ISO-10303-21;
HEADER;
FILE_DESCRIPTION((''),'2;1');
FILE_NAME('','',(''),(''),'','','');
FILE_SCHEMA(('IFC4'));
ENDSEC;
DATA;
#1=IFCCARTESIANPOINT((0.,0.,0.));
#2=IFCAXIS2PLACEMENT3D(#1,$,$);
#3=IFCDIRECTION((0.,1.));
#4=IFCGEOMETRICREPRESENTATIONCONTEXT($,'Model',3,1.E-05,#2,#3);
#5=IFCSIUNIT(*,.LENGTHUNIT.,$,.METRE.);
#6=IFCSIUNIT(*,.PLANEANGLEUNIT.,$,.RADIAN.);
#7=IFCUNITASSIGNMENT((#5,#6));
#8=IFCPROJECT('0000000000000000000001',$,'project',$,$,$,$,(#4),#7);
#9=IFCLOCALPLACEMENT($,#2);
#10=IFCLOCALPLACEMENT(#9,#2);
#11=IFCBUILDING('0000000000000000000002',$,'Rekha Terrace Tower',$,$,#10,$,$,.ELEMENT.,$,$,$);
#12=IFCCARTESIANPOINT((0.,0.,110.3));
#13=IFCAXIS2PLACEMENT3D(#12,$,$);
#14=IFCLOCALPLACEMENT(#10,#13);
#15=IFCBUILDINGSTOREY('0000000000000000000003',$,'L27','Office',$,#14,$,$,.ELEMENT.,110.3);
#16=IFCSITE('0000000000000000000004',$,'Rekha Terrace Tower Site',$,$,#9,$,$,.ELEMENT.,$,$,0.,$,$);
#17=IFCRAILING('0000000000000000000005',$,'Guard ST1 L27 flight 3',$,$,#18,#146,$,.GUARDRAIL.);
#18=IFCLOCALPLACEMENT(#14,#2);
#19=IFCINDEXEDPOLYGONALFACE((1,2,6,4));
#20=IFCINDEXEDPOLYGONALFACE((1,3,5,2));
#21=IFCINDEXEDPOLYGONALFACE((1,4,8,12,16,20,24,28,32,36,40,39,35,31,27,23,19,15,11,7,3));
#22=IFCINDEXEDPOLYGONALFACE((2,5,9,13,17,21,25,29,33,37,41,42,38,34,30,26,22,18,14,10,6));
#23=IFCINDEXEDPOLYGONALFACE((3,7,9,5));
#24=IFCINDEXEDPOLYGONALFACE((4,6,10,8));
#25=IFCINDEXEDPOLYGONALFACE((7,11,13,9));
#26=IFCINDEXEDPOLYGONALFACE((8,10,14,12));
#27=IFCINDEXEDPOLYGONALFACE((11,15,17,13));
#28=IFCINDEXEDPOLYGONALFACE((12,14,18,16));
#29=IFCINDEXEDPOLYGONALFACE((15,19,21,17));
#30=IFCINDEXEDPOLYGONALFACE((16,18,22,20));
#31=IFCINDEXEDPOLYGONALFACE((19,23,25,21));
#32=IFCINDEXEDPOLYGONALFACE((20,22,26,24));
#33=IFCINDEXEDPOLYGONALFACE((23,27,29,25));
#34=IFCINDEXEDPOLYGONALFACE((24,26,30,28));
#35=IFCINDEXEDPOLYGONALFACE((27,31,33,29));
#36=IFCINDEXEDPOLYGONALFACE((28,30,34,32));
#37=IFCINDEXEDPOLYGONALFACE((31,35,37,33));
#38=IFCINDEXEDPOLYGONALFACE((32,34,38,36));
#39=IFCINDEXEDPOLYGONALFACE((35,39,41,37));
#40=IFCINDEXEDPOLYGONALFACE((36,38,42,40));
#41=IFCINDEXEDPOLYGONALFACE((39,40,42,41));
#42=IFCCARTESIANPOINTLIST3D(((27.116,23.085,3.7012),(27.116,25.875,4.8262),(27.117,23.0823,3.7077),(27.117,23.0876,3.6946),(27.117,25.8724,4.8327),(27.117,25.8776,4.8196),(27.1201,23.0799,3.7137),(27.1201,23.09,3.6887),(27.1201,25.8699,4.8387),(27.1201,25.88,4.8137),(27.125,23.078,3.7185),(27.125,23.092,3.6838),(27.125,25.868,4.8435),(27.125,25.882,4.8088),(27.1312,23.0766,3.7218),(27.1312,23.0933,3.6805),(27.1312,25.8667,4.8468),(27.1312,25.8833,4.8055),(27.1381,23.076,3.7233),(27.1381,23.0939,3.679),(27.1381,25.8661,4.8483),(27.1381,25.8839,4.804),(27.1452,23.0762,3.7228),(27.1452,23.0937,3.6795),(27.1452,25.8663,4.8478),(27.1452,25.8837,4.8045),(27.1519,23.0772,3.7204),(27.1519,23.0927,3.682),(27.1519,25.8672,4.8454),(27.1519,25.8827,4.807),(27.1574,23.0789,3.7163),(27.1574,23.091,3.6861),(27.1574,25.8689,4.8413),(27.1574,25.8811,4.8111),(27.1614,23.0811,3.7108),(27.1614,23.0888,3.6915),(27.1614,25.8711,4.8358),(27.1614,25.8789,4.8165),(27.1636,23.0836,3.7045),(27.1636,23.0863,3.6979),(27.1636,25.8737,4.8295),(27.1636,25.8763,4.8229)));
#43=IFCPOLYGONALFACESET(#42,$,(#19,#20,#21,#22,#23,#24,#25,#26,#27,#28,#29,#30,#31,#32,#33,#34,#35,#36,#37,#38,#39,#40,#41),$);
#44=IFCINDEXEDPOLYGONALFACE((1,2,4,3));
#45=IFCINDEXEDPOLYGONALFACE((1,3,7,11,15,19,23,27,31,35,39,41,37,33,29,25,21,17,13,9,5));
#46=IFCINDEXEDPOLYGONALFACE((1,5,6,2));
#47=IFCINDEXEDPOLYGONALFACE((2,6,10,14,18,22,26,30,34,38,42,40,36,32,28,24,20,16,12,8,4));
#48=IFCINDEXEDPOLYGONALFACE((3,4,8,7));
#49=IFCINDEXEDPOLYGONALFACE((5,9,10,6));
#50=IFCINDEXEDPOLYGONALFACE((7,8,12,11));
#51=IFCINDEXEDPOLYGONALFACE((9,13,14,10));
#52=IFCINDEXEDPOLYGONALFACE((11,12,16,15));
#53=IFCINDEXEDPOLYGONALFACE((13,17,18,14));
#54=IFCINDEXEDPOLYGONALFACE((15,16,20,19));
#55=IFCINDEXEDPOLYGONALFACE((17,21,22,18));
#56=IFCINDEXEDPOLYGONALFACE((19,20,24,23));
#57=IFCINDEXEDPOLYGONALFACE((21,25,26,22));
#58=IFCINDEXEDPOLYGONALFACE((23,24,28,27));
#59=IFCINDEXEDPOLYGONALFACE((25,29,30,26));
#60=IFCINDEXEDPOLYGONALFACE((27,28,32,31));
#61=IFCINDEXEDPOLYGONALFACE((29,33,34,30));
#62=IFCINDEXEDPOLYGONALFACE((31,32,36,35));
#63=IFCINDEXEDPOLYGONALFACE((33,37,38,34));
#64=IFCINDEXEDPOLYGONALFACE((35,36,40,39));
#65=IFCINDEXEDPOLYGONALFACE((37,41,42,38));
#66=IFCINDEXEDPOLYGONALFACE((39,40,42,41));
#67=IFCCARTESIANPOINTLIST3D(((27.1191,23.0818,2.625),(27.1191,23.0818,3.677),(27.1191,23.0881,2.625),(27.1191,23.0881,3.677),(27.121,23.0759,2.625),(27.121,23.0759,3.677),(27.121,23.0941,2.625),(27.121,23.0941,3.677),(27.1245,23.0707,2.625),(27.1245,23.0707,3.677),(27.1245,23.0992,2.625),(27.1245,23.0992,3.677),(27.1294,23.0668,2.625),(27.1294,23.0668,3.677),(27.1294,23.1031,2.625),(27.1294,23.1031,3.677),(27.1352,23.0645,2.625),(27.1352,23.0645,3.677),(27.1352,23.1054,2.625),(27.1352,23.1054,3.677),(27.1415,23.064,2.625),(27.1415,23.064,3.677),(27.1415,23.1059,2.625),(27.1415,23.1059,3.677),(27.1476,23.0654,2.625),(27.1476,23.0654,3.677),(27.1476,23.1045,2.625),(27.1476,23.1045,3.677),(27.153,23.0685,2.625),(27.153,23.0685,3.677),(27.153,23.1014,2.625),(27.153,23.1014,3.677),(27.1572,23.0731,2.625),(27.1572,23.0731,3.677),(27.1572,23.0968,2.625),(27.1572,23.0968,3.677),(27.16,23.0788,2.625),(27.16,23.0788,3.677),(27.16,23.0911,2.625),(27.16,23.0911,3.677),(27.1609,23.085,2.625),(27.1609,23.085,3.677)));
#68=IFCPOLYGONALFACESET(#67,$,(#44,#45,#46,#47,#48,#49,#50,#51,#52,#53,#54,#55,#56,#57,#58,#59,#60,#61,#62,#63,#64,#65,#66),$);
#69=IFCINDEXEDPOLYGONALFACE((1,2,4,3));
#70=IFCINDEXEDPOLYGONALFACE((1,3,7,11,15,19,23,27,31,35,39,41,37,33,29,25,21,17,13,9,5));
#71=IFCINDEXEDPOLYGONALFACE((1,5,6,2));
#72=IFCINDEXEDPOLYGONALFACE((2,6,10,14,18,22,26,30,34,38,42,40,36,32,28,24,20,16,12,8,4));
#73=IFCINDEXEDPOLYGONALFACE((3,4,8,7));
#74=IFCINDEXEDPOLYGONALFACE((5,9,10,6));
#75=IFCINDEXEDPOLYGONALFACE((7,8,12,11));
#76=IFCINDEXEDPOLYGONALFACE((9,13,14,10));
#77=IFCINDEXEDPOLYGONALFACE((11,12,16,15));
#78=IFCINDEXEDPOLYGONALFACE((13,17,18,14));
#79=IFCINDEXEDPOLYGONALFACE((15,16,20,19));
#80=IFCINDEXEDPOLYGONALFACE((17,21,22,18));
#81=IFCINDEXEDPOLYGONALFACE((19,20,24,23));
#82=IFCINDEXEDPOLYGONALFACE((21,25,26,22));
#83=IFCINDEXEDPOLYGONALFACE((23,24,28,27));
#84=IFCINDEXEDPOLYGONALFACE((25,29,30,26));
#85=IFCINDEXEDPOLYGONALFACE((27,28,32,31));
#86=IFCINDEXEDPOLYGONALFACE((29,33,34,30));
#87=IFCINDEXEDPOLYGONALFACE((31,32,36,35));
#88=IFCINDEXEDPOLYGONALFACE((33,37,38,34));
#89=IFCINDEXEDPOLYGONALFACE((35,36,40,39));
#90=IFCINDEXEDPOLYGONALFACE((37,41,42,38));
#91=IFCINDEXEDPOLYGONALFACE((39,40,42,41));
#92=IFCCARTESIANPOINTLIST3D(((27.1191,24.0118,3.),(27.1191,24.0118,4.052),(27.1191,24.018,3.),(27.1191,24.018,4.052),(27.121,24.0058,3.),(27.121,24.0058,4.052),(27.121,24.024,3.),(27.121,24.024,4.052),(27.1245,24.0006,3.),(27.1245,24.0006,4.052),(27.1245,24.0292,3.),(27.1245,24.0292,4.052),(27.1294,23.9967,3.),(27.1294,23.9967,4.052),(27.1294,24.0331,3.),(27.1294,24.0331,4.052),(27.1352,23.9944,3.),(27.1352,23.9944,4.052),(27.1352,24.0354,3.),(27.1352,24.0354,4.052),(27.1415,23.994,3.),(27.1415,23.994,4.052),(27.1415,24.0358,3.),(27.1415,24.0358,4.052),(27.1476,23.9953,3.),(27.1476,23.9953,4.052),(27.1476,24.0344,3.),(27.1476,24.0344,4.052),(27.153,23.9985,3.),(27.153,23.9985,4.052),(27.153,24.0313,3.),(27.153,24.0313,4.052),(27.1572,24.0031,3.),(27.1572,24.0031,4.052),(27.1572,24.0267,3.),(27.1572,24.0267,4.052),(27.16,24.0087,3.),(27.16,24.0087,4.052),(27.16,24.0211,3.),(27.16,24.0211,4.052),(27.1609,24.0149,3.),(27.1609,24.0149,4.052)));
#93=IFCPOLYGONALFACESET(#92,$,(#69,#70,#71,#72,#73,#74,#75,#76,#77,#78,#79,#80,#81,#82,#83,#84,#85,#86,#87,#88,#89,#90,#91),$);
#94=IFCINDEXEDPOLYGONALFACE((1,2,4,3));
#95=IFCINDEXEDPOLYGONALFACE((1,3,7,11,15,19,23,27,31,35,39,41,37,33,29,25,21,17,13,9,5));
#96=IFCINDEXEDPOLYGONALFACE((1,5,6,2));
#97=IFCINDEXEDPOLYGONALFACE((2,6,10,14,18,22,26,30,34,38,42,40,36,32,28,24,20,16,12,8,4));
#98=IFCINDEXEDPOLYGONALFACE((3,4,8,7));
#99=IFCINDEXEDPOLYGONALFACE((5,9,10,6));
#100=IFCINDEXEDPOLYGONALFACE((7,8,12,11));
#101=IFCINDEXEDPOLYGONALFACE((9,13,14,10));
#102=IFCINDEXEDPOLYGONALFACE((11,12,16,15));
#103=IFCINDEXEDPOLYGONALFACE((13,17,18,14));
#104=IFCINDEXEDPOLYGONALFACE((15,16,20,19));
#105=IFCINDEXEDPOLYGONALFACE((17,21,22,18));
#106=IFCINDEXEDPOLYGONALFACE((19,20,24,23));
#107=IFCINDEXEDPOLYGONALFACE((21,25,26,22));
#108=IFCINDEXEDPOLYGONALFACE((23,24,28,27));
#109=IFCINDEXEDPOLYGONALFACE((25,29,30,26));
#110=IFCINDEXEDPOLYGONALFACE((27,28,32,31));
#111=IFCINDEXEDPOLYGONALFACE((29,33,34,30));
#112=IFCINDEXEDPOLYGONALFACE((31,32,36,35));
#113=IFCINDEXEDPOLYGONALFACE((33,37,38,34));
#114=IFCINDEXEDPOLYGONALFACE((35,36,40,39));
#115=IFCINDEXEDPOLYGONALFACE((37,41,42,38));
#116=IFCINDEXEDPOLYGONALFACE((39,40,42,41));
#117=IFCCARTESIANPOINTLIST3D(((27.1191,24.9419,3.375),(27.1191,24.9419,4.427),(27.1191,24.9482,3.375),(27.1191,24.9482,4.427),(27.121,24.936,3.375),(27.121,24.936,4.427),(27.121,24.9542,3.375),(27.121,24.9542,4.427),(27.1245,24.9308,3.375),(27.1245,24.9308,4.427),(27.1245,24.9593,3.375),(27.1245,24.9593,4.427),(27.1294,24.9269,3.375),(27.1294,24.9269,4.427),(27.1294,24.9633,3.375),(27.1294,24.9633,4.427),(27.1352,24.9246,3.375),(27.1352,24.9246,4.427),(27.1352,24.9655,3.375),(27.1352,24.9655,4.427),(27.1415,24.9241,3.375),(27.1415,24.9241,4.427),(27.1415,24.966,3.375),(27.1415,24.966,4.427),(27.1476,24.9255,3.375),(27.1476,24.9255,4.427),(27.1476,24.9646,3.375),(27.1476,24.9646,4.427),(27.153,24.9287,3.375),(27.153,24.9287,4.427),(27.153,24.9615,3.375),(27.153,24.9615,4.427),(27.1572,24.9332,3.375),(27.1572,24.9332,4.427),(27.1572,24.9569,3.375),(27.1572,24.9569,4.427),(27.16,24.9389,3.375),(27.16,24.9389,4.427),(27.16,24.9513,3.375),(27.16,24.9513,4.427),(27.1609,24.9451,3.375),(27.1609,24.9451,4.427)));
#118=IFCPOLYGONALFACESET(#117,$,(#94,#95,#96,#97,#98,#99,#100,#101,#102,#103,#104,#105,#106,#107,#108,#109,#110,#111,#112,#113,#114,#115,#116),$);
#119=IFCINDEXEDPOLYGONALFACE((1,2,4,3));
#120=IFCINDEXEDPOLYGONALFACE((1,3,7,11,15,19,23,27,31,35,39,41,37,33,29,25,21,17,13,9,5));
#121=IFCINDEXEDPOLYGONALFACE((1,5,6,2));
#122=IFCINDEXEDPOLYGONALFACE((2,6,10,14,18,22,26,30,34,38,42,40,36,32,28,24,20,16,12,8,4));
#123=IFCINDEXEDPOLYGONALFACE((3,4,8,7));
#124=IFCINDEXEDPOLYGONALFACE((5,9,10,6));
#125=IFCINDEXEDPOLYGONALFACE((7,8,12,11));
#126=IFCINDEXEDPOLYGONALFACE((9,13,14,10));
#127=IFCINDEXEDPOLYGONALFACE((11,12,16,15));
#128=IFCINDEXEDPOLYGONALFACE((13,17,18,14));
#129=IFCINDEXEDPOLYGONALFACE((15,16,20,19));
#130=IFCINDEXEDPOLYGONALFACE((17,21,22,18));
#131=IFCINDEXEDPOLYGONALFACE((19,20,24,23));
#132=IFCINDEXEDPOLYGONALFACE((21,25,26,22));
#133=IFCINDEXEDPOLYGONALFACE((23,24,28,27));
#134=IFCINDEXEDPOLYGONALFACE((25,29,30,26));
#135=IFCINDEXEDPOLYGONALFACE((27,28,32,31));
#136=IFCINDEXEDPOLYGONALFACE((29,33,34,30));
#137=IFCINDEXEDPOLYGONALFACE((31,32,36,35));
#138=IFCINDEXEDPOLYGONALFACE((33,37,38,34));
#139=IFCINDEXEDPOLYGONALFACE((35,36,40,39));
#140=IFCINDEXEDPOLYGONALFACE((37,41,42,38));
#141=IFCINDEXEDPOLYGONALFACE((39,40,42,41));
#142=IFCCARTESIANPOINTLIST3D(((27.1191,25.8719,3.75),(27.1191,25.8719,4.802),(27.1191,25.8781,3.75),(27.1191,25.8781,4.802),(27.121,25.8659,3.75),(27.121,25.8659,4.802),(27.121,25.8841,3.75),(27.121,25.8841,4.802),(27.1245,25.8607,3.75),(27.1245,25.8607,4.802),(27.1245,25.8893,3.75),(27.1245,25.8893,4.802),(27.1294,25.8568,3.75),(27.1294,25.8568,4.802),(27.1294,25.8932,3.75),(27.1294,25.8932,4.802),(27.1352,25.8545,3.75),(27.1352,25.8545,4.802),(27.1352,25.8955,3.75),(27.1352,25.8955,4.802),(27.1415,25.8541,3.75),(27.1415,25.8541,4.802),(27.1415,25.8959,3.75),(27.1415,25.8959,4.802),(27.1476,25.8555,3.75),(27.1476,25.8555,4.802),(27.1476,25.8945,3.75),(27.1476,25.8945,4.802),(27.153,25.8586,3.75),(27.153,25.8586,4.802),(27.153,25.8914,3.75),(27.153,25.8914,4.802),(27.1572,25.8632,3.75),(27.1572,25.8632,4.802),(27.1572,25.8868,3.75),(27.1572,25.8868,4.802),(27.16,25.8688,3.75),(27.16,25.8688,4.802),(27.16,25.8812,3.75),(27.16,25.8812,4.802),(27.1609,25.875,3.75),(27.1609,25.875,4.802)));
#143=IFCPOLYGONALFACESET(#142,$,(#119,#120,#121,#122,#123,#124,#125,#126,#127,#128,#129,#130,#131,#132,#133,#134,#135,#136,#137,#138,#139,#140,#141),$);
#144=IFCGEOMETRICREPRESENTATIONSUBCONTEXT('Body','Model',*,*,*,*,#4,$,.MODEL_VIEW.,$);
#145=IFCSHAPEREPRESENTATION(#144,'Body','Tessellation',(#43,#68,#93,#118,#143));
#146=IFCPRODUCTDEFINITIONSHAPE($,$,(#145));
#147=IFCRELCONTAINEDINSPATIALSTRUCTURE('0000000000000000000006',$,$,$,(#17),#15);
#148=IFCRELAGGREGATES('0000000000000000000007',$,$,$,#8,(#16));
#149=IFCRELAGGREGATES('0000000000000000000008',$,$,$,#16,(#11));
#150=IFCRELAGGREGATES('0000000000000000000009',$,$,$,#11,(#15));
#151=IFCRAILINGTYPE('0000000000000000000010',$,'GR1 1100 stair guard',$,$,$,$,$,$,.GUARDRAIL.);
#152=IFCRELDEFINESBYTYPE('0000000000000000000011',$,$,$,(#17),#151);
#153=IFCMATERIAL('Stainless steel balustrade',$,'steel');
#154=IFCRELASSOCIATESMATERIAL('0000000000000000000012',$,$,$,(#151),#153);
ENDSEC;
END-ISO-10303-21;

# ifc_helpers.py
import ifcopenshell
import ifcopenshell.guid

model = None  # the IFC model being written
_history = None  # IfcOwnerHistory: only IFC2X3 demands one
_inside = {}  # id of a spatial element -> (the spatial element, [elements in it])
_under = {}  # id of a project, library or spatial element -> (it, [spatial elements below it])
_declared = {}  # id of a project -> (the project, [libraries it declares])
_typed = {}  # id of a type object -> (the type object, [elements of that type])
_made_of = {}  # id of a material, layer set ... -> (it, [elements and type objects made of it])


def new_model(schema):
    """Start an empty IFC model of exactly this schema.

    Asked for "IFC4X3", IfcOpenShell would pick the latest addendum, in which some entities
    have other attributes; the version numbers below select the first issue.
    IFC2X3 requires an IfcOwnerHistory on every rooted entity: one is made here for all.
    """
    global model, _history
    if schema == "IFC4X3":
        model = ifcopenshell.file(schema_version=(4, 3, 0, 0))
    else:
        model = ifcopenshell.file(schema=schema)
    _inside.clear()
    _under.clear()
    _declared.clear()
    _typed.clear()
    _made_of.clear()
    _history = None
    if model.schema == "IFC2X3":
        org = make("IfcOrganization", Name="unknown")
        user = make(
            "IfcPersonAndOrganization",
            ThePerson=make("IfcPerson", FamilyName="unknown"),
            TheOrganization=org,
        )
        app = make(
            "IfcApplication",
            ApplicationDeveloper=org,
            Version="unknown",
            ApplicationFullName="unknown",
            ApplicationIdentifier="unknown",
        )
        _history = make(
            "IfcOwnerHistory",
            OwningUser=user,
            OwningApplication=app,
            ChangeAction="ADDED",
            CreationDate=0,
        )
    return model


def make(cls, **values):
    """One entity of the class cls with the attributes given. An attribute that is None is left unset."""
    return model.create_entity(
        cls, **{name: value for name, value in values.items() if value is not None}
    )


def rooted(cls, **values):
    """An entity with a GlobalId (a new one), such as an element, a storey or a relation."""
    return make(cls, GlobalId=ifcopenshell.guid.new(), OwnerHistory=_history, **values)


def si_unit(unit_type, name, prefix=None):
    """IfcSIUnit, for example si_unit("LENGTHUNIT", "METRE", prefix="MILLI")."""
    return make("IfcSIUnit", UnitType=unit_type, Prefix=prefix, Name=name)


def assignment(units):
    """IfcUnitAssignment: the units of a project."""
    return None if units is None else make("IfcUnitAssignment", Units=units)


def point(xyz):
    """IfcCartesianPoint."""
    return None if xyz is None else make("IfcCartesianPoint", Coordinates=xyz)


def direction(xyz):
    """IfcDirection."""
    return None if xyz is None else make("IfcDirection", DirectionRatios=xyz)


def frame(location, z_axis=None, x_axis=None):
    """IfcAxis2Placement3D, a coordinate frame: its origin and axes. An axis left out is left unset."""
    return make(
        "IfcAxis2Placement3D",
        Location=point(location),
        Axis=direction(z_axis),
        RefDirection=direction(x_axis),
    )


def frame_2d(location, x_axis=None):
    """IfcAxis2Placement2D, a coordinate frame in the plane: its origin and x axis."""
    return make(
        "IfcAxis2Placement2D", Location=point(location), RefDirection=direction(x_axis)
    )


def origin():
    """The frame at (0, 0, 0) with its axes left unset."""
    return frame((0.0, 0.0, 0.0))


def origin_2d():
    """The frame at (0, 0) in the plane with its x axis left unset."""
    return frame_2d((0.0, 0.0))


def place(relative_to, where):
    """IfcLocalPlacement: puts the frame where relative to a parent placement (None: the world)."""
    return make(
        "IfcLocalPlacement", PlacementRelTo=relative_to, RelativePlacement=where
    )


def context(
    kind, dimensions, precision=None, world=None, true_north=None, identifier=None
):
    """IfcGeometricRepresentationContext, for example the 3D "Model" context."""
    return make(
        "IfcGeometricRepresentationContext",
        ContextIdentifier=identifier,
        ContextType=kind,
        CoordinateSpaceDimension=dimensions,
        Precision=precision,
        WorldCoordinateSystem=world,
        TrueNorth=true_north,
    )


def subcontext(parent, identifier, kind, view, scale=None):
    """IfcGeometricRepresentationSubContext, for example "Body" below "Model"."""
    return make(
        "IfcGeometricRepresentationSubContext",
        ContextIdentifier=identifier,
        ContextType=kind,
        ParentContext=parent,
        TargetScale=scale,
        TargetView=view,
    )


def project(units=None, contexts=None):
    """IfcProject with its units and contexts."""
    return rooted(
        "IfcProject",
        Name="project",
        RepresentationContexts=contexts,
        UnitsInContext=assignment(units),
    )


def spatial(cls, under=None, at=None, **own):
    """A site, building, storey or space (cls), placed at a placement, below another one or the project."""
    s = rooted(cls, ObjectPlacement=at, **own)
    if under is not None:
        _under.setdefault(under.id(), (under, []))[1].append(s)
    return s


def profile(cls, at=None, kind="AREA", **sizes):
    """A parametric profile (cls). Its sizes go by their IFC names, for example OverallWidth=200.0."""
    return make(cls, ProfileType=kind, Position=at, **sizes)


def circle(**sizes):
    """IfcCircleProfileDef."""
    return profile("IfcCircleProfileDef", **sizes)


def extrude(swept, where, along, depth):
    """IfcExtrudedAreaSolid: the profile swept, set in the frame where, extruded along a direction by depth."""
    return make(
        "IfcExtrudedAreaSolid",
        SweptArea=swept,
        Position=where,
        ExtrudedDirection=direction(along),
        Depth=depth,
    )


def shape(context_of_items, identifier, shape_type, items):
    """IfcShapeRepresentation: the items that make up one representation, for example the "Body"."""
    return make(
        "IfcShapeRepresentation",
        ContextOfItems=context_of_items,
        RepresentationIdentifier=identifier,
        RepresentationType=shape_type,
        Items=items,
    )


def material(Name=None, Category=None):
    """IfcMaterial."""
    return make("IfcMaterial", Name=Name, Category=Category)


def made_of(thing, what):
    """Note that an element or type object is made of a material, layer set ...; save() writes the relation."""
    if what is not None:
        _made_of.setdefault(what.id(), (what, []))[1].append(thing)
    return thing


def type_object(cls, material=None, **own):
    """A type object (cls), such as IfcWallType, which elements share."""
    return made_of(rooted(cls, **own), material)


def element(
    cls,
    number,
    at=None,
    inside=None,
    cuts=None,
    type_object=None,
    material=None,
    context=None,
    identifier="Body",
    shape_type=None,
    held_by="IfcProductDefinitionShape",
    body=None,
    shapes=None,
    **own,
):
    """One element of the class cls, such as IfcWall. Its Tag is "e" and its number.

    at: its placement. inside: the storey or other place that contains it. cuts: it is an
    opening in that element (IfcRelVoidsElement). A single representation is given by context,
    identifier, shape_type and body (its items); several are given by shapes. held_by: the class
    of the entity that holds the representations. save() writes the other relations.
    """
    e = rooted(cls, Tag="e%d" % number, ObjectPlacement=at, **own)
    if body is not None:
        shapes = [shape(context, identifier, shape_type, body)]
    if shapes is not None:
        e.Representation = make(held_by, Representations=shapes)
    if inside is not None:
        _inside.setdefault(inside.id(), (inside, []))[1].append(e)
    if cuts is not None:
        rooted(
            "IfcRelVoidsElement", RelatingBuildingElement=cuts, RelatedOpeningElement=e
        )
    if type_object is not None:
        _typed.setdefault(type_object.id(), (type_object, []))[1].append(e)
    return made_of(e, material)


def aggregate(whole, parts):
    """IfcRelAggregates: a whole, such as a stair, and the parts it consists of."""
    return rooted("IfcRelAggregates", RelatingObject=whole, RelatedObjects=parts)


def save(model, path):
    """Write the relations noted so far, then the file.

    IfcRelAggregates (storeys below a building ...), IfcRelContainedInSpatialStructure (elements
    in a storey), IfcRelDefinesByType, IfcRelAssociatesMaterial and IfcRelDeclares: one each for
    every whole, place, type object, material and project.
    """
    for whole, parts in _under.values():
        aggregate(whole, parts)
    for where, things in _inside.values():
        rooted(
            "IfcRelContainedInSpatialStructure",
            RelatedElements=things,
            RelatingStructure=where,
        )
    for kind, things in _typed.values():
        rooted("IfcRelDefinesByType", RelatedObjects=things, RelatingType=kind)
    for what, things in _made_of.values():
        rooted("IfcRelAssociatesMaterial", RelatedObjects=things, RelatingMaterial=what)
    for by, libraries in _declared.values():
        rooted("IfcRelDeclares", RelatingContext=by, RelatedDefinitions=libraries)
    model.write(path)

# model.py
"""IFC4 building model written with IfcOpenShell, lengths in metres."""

from ifc_helpers import new_model, si_unit, direction, frame, origin, origin_2d, place, context, subcontext, project, spatial, circle, extrude, material, type_object, element, save


model = new_model("IFC4")

# Units and contexts
model_context = context("Model", 3, precision=1e-05, world=origin(), true_north=direction((0.0, 1.0)))
body_context = subcontext(model_context, "Body", "Model", "MODEL_VIEW")
ifc_project = project(units=[si_unit("LENGTHUNIT", "METRE"), si_unit("PLANEANGLEUNIT", "RADIAN")], contexts=[model_context])

# Site, building, storey
site_placement = place(None, origin())
site = spatial("IfcSite", under=ifc_project, at=site_placement, Name="Rekha Terrace Tower Site", CompositionType="ELEMENT", RefElevation=0.0)
building_placement = place(site_placement, origin())
building = spatial("IfcBuilding", under=site, at=building_placement, Name="Rekha Terrace Tower", CompositionType="ELEMENT")
storey_placement = place(building_placement, frame((0.0, 0.0, 110.3)))
storey = spatial("IfcBuildingStorey", under=building, at=storey_placement, Name="L27", Description="Office", CompositionType="ELEMENT", Elevation=110.3)

# Railing
ifc_material_1 = material(Name="Stainless steel balustrade", Category="steel")
railing_type_1 = type_object("IfcRailingType", Name="GR1 1100 stair guard", PredefinedType="GUARDRAIL", material=ifc_material_1)
railing_1_placement = place(storey_placement, frame((27.1399, 23.085, 2.625)))
element("IfcRailing", 1, at=railing_1_placement, inside=storey, type_object=railing_type_1, Name="Guard ST1 L27 flight 3", PredefinedType="GUARDRAIL", context=body_context, shape_type="SweptSolid", body=[
    extrude(circle(Radius=0.0239, at=origin_2d()), frame((0.0, 0.0, 1.0762), z_axis=(0.0, 0.927443, 0.373964), x_axis=(-1.0, 0.0, 0.0)), (0.0, 0.0, 1.0), 3.0083),
    extrude(circle(Radius=0.021, at=origin_2d()), origin(), (0.0, 0.0, 1.0), 1.052),
    extrude(circle(Radius=0.021, at=origin_2d()), frame((0.0, 0.9299, 0.375)), (0.0, 0.0, 1.0), 1.052),
    extrude(circle(Radius=0.021, at=origin_2d()), frame((0.0, 1.8601, 0.75)), (0.0, 0.0, 1.0), 1.052),
    extrude(circle(Radius=0.021, at=origin_2d()), frame((0.0, 2.79, 1.125)), (0.0, 0.0, 1.0), 1.052),
])

save(model, "model.ifc")
